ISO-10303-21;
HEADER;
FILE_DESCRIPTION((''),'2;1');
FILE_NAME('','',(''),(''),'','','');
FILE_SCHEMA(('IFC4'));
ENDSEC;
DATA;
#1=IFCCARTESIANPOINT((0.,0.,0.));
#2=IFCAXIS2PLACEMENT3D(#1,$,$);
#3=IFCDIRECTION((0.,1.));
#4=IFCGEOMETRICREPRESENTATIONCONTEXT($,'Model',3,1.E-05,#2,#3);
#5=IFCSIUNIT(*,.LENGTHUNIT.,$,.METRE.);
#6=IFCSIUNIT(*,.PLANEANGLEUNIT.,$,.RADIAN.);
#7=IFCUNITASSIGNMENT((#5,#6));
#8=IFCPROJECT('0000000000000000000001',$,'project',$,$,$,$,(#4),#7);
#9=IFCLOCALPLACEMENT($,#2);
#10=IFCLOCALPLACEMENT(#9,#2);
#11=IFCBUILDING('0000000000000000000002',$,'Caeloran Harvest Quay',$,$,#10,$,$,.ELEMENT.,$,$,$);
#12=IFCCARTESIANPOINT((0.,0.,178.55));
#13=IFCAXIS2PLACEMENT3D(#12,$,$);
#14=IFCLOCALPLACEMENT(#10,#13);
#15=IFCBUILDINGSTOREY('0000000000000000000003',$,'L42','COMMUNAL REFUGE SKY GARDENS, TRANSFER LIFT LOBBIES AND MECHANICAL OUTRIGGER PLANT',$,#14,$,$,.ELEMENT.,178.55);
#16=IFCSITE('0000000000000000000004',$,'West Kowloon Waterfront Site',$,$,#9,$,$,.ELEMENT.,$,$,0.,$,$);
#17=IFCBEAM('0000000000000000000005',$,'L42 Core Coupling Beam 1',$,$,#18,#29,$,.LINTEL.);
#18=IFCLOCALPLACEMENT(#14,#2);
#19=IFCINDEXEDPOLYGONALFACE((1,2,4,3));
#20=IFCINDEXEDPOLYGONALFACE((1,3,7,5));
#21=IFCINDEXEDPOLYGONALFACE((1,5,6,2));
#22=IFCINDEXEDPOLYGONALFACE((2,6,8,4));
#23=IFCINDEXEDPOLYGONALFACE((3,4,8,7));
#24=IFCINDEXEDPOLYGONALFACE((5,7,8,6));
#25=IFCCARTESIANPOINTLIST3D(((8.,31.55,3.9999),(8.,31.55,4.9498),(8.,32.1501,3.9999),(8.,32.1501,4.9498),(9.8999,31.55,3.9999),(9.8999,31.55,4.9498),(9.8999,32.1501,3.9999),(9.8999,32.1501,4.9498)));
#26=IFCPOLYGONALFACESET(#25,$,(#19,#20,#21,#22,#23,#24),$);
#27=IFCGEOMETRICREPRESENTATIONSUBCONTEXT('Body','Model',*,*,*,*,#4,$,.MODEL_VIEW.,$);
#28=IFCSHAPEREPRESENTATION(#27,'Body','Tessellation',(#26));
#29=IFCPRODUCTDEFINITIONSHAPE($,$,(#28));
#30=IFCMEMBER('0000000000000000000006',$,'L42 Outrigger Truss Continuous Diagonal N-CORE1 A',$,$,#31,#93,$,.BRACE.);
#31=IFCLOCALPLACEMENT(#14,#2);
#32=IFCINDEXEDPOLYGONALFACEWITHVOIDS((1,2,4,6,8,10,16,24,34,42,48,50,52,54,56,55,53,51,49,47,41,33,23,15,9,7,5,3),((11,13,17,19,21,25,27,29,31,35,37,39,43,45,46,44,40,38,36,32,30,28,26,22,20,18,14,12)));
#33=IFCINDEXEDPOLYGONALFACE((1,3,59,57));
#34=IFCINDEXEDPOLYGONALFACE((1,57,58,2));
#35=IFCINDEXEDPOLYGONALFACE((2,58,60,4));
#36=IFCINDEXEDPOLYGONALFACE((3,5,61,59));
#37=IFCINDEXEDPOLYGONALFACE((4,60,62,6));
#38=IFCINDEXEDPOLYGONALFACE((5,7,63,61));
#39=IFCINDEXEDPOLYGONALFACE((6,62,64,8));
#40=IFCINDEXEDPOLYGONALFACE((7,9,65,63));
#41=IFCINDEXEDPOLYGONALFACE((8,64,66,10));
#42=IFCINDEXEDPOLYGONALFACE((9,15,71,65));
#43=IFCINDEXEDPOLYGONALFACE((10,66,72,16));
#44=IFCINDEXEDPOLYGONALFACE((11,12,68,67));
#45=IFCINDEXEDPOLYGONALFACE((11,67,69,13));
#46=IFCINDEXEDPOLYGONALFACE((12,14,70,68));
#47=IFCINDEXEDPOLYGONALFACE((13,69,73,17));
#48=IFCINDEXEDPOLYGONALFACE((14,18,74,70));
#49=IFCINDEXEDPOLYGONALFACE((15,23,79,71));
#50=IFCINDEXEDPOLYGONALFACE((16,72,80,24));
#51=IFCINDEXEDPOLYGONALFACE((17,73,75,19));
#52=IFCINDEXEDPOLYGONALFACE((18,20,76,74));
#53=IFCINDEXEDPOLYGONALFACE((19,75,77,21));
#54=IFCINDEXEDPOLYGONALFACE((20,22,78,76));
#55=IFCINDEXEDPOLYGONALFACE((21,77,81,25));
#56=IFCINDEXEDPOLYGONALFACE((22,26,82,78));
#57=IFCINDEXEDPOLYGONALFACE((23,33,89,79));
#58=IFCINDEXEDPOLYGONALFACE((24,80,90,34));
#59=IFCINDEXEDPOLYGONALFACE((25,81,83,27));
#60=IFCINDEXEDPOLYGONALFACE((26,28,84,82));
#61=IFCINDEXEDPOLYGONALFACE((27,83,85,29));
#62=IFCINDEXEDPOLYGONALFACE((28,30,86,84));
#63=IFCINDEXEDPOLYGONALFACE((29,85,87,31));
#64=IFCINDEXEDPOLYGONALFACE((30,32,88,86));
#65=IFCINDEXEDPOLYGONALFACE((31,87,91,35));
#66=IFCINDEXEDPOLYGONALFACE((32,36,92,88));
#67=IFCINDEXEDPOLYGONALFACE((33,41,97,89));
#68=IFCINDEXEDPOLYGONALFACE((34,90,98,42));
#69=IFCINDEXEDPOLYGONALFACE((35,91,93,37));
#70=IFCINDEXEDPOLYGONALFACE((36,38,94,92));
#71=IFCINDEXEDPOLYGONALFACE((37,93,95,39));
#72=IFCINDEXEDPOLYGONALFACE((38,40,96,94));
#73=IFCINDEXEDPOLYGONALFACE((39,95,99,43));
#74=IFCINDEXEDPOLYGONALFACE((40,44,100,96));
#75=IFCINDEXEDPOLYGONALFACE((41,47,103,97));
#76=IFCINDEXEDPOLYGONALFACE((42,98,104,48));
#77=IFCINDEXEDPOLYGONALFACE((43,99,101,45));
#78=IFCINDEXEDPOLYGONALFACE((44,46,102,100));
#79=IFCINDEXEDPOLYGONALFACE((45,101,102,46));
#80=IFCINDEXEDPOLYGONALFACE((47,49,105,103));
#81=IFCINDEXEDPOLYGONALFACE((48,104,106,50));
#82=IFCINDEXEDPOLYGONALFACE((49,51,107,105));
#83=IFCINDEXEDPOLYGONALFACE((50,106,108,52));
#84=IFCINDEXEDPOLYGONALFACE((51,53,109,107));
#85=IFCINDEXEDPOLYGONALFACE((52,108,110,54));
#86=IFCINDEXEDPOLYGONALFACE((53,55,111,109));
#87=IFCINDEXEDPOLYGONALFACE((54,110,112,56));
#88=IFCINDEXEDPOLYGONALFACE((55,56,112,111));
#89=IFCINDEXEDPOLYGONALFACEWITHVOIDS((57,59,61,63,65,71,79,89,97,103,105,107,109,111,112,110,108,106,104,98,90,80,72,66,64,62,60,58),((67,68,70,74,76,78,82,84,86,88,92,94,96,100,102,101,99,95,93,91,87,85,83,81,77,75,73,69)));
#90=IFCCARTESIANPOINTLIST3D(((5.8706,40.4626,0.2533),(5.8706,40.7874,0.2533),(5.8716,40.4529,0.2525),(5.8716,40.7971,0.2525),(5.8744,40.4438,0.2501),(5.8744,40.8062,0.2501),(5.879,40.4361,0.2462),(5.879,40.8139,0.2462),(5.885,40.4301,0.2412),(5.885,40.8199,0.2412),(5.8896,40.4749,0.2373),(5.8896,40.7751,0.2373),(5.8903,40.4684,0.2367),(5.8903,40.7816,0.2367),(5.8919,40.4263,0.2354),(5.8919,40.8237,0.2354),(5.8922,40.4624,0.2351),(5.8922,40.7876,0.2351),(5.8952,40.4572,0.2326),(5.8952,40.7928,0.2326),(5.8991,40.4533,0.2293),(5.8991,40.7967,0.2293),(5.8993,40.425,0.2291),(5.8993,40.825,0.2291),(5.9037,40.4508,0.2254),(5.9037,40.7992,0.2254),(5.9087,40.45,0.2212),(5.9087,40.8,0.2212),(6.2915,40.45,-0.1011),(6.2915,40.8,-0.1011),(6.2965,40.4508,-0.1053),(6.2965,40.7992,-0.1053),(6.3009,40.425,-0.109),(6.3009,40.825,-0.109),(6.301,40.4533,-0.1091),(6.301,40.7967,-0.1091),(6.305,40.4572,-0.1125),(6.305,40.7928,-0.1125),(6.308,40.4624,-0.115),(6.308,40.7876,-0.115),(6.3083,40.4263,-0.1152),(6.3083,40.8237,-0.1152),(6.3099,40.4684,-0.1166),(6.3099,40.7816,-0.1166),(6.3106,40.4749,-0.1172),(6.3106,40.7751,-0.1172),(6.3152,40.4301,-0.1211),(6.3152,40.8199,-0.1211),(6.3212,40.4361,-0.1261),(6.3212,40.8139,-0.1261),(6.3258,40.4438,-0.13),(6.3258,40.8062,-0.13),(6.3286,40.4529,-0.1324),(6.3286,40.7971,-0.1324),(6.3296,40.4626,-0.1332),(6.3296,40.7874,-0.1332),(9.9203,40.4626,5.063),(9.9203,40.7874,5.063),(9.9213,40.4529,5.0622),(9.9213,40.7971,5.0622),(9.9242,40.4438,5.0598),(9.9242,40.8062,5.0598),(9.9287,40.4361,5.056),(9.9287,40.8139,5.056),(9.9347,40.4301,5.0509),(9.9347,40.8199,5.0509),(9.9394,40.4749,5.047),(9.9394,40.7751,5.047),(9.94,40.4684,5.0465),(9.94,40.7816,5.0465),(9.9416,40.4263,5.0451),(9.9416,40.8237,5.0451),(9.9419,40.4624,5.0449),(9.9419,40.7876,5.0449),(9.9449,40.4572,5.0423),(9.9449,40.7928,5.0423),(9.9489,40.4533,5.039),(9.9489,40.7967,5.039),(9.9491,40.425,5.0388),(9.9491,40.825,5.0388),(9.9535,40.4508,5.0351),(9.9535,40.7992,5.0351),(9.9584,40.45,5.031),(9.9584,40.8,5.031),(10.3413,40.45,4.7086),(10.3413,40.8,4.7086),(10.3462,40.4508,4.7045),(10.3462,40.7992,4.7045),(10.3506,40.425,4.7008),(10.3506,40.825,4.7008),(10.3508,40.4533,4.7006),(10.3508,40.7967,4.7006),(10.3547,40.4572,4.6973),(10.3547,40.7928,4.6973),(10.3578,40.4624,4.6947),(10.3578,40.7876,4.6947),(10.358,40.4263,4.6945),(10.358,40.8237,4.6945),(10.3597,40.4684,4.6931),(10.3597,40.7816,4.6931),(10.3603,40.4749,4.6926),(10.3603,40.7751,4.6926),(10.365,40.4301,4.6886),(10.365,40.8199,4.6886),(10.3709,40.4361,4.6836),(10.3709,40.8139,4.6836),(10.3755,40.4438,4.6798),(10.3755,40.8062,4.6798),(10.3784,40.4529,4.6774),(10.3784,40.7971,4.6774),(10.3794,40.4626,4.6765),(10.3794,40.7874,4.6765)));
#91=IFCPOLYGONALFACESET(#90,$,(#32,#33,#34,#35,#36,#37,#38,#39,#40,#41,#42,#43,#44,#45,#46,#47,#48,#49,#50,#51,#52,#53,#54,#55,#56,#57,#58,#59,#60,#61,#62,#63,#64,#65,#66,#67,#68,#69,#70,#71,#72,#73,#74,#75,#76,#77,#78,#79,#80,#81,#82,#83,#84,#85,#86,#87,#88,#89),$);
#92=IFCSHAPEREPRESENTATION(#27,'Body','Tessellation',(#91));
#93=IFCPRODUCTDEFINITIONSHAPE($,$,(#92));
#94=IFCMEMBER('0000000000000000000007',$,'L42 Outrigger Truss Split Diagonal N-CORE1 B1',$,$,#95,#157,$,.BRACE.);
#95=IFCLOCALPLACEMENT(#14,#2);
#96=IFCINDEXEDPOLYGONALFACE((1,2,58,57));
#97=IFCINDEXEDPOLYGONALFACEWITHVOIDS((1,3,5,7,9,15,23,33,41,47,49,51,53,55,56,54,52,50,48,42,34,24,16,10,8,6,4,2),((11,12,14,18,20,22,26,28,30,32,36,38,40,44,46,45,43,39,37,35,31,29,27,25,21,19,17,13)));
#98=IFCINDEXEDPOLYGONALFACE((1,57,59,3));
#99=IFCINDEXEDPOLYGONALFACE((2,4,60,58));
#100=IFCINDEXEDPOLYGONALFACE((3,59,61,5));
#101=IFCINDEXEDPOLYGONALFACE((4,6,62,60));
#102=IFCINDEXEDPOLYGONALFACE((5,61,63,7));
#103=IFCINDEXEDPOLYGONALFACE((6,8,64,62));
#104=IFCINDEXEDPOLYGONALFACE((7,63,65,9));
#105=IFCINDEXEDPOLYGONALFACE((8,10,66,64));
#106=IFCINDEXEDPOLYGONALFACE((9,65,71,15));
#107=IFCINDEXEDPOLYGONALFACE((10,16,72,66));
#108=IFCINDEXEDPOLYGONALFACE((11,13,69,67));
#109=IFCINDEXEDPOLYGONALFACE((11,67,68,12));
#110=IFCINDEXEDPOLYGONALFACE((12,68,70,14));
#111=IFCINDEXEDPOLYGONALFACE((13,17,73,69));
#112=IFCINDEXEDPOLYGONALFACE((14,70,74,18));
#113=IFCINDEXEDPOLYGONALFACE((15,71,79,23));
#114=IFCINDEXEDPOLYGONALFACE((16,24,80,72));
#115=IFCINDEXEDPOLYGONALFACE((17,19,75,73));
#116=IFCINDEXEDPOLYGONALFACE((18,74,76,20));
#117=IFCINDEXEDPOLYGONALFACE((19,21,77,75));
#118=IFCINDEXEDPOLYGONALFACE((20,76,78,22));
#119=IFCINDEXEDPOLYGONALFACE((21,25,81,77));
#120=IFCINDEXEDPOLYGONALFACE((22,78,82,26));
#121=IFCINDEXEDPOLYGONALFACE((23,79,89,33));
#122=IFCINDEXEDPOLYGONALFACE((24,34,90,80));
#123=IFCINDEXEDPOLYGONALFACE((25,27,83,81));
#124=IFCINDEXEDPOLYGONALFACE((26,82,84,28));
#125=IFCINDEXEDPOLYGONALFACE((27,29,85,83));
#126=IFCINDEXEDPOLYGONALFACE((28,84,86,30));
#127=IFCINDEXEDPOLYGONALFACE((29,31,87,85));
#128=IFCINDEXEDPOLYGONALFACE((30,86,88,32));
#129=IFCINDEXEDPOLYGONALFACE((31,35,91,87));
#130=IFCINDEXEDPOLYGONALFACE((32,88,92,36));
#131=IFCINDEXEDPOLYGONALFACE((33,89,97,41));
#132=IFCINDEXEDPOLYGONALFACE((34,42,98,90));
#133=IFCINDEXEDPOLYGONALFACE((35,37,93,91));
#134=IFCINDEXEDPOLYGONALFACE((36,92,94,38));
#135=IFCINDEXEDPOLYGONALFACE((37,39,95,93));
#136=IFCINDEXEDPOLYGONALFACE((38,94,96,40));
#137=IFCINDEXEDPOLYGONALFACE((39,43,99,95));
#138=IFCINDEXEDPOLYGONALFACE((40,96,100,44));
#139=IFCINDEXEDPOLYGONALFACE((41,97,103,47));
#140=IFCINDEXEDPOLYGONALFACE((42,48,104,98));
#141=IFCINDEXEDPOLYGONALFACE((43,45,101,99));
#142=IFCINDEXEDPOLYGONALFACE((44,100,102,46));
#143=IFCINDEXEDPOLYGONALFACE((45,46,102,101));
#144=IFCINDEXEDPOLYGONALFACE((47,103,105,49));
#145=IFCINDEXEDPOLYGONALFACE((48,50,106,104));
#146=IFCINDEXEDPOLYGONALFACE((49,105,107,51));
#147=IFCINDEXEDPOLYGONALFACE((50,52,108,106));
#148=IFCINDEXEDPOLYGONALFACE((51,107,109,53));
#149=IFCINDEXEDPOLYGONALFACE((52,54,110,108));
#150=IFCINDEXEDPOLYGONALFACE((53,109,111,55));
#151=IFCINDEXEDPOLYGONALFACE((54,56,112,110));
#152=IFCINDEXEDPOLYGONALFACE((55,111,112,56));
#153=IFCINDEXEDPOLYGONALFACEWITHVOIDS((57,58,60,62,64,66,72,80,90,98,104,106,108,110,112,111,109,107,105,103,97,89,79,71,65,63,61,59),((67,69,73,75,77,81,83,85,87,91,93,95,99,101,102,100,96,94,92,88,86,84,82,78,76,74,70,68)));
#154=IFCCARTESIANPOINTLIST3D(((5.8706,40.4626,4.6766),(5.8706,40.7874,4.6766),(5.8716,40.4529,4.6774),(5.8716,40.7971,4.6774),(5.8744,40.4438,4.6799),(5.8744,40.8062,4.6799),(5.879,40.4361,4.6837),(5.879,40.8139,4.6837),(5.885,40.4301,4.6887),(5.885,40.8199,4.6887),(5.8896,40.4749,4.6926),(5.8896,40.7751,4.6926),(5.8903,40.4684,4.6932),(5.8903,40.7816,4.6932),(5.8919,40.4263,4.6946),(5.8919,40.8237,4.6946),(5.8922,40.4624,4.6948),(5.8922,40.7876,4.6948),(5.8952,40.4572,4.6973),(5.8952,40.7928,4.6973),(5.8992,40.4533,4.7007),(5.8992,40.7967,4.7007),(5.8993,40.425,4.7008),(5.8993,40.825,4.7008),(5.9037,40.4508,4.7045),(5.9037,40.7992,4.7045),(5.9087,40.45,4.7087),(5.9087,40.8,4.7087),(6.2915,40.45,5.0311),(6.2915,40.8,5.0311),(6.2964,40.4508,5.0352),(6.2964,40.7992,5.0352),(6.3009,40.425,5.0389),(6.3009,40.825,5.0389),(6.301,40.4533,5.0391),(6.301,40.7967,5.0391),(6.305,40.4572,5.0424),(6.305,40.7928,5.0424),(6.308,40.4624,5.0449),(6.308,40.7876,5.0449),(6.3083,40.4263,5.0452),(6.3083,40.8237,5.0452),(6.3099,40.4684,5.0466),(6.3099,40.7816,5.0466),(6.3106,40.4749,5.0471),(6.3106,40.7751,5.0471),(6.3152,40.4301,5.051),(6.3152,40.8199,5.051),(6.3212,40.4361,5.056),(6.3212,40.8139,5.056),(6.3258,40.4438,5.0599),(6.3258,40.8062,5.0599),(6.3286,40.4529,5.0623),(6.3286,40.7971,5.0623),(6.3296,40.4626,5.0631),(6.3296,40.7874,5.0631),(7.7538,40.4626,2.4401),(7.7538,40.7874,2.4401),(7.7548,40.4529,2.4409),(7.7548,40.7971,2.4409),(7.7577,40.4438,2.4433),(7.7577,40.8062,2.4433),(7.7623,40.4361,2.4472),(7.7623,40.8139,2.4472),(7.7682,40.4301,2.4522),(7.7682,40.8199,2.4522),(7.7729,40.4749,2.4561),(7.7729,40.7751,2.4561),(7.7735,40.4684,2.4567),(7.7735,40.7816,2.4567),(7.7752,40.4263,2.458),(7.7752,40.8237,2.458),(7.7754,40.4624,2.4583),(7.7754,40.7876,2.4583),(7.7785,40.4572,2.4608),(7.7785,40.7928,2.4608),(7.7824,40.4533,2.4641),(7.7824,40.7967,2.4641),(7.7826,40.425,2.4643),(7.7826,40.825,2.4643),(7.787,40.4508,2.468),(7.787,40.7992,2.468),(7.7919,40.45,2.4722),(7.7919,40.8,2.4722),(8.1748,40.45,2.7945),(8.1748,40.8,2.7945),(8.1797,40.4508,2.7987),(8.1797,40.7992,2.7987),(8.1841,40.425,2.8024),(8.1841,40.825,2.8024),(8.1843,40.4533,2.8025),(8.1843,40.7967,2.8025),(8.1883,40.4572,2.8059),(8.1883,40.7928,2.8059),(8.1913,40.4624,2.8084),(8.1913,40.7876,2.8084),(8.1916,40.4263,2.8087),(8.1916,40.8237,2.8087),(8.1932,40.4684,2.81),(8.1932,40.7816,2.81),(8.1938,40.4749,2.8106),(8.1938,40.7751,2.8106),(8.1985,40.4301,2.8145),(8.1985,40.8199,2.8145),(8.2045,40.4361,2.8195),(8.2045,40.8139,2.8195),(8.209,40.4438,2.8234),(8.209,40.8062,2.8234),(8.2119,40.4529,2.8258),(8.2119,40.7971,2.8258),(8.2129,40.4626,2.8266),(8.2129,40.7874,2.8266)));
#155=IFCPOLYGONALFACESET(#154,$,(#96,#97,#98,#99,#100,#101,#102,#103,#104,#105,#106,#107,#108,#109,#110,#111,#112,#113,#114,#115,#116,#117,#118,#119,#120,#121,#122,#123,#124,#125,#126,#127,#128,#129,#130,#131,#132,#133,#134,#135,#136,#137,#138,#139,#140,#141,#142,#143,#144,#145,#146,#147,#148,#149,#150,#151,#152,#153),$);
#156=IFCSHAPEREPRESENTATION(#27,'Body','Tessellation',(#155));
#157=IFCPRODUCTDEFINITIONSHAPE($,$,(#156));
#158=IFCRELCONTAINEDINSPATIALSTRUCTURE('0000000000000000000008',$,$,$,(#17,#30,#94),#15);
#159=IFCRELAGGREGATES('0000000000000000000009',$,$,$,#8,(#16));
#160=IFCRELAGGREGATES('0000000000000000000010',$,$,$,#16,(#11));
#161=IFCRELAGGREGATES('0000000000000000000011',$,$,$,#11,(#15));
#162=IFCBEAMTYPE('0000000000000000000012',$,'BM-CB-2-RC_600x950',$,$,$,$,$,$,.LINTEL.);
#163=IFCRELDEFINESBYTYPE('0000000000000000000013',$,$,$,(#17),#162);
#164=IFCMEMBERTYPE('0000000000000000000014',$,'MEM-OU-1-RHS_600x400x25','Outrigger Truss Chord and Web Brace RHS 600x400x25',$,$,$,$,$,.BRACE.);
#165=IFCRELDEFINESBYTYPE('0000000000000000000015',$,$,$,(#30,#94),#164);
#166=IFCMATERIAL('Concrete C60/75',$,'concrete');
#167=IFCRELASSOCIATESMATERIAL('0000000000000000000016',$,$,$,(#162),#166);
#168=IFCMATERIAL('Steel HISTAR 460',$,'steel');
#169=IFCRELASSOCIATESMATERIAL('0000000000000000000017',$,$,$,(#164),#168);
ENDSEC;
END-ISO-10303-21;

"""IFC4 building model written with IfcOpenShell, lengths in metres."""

from ifc_helpers import new_model, si_unit, direction, frame, origin, origin_2d, place, context, subcontext, project, spatial, rectangle, hollow_rectangle, extrude, material, material_profile, profile_set, type_object, element, save


model = new_model("IFC4")

# Units and contexts
model_context = context("Model", 3, precision=1e-05, world=origin(), true_north=direction((0.0, 1.0)))
body_context = subcontext(model_context, "Body", "Model", "MODEL_VIEW")
ifc_project = project(units=[si_unit("LENGTHUNIT", "METRE"), si_unit("PLANEANGLEUNIT", "RADIAN")], contexts=[model_context])

# Site, building, storey
site_placement = place(None, origin())
site = spatial("IfcSite", under=ifc_project, at=site_placement, Name="West Kowloon Waterfront Site", CompositionType="ELEMENT", RefElevation=0.0)
building_placement = place(site_placement, origin())
building = spatial("IfcBuilding", under=site, at=building_placement, Name="Caeloran Harvest Quay", CompositionType="ELEMENT")
storey_placement = place(building_placement, frame((0.0, 0.0, 178.55)))
storey = spatial("IfcBuildingStorey", under=building, at=storey_placement, Name="L42", Description="COMMUNAL REFUGE SKY GARDENS, TRANSFER LIFT LOBBIES AND MECHANICAL OUTRIGGER PLANT", CompositionType="ELEMENT", Elevation=178.55)

# Beam
ifc_material_1 = material(Name="Concrete C60/75", Category="concrete")
ifc_material_profile_1 = material_profile(ifc_material_1, rectangle(XDim=0.6001, YDim=0.95, at=origin_2d()), Name="RC 600x950")
ifc_profile_set_1 = profile_set([ifc_material_profile_1], Name="Concrete C60/75")
beam_type = type_object("IfcBeamType", Name="BM-CB-2-RC_600x950", PredefinedType="LINTEL", material=ifc_profile_set_1)
beam_placement = place(storey_placement, frame((8.0, 31.8501, 4.4749), z_axis=(1.0, 0.0, 0.0), x_axis=(0.0, 1.0, 0.0)))
element("IfcBeam", 1, at=beam_placement, inside=storey, type_object=beam_type, Name="L42 Core Coupling Beam 1", PredefinedType="LINTEL", context=body_context, shape_type="SweptSolid", body=[
    extrude(rectangle(XDim=0.6001, YDim=0.95, at=origin_2d()), origin(), (0.0, 0.0, 1.0), 1.8999),
])

# Members
ifc_material_2 = material(Name="Steel HISTAR 460", Category="steel")
ifc_material_profile_2 = material_profile(ifc_material_2, hollow_rectangle(XDim=0.3999, YDim=0.6001, WallThickness=0.0249, InnerFilletRadius=0.0249, OuterFilletRadius=0.0376, at=origin_2d()), Name="RHS 600x400x25")
ifc_profile_set_2 = profile_set([ifc_material_profile_2], Name="Steel HISTAR 460")
member_type = type_object("IfcMemberType", Name="MEM-OU-1-RHS_600x400x25", Description="Outrigger Truss Chord and Web Brace RHS 600x400x25", PredefinedType="BRACE", material=ifc_profile_set_2)
member_placement = place(storey_placement, frame((6.1001, 40.625, 0.0601), z_axis=(0.644083, 0.0, 0.764955), x_axis=(0.0, 1.0, 0.0)))
element("IfcMember", 2, at=member_placement, inside=storey, type_object=member_type, Name="L42 Outrigger Truss Continuous Diagonal N-CORE1 A", PredefinedType="BRACE", context=body_context, shape_type="SweptSolid", body=[
    extrude(hollow_rectangle(XDim=0.3999, YDim=0.6001, WallThickness=0.0249, InnerFilletRadius=0.0249, OuterFilletRadius=0.0376, at=origin_2d()), origin(), (0.0, 0.0, 1.0), 6.2876),
])
for number, where, z_axis, x_axis, name in (
    (3, (6.1001, 40.625, 4.8699), (0.64411, 0.0, -0.764933), (0.0, 1.0, 0.0), "L42 Outrigger Truss Split Diagonal N-CORE1 B1"),
):
    element("IfcMember", number, at=place(storey_placement, frame(where, z_axis=z_axis, x_axis=x_axis)), inside=storey, type_object=member_type, Name=name, PredefinedType="BRACE", context=body_context, shape_type="SweptSolid", body=[
        extrude(hollow_rectangle(XDim=0.3999, YDim=0.6001, WallThickness=0.0249, InnerFilletRadius=0.0249, OuterFilletRadius=0.0376, at=origin_2d()), origin(), (0.0, 0.0, 1.0), 2.9238),
    ])

save(model, "model.ifc")
